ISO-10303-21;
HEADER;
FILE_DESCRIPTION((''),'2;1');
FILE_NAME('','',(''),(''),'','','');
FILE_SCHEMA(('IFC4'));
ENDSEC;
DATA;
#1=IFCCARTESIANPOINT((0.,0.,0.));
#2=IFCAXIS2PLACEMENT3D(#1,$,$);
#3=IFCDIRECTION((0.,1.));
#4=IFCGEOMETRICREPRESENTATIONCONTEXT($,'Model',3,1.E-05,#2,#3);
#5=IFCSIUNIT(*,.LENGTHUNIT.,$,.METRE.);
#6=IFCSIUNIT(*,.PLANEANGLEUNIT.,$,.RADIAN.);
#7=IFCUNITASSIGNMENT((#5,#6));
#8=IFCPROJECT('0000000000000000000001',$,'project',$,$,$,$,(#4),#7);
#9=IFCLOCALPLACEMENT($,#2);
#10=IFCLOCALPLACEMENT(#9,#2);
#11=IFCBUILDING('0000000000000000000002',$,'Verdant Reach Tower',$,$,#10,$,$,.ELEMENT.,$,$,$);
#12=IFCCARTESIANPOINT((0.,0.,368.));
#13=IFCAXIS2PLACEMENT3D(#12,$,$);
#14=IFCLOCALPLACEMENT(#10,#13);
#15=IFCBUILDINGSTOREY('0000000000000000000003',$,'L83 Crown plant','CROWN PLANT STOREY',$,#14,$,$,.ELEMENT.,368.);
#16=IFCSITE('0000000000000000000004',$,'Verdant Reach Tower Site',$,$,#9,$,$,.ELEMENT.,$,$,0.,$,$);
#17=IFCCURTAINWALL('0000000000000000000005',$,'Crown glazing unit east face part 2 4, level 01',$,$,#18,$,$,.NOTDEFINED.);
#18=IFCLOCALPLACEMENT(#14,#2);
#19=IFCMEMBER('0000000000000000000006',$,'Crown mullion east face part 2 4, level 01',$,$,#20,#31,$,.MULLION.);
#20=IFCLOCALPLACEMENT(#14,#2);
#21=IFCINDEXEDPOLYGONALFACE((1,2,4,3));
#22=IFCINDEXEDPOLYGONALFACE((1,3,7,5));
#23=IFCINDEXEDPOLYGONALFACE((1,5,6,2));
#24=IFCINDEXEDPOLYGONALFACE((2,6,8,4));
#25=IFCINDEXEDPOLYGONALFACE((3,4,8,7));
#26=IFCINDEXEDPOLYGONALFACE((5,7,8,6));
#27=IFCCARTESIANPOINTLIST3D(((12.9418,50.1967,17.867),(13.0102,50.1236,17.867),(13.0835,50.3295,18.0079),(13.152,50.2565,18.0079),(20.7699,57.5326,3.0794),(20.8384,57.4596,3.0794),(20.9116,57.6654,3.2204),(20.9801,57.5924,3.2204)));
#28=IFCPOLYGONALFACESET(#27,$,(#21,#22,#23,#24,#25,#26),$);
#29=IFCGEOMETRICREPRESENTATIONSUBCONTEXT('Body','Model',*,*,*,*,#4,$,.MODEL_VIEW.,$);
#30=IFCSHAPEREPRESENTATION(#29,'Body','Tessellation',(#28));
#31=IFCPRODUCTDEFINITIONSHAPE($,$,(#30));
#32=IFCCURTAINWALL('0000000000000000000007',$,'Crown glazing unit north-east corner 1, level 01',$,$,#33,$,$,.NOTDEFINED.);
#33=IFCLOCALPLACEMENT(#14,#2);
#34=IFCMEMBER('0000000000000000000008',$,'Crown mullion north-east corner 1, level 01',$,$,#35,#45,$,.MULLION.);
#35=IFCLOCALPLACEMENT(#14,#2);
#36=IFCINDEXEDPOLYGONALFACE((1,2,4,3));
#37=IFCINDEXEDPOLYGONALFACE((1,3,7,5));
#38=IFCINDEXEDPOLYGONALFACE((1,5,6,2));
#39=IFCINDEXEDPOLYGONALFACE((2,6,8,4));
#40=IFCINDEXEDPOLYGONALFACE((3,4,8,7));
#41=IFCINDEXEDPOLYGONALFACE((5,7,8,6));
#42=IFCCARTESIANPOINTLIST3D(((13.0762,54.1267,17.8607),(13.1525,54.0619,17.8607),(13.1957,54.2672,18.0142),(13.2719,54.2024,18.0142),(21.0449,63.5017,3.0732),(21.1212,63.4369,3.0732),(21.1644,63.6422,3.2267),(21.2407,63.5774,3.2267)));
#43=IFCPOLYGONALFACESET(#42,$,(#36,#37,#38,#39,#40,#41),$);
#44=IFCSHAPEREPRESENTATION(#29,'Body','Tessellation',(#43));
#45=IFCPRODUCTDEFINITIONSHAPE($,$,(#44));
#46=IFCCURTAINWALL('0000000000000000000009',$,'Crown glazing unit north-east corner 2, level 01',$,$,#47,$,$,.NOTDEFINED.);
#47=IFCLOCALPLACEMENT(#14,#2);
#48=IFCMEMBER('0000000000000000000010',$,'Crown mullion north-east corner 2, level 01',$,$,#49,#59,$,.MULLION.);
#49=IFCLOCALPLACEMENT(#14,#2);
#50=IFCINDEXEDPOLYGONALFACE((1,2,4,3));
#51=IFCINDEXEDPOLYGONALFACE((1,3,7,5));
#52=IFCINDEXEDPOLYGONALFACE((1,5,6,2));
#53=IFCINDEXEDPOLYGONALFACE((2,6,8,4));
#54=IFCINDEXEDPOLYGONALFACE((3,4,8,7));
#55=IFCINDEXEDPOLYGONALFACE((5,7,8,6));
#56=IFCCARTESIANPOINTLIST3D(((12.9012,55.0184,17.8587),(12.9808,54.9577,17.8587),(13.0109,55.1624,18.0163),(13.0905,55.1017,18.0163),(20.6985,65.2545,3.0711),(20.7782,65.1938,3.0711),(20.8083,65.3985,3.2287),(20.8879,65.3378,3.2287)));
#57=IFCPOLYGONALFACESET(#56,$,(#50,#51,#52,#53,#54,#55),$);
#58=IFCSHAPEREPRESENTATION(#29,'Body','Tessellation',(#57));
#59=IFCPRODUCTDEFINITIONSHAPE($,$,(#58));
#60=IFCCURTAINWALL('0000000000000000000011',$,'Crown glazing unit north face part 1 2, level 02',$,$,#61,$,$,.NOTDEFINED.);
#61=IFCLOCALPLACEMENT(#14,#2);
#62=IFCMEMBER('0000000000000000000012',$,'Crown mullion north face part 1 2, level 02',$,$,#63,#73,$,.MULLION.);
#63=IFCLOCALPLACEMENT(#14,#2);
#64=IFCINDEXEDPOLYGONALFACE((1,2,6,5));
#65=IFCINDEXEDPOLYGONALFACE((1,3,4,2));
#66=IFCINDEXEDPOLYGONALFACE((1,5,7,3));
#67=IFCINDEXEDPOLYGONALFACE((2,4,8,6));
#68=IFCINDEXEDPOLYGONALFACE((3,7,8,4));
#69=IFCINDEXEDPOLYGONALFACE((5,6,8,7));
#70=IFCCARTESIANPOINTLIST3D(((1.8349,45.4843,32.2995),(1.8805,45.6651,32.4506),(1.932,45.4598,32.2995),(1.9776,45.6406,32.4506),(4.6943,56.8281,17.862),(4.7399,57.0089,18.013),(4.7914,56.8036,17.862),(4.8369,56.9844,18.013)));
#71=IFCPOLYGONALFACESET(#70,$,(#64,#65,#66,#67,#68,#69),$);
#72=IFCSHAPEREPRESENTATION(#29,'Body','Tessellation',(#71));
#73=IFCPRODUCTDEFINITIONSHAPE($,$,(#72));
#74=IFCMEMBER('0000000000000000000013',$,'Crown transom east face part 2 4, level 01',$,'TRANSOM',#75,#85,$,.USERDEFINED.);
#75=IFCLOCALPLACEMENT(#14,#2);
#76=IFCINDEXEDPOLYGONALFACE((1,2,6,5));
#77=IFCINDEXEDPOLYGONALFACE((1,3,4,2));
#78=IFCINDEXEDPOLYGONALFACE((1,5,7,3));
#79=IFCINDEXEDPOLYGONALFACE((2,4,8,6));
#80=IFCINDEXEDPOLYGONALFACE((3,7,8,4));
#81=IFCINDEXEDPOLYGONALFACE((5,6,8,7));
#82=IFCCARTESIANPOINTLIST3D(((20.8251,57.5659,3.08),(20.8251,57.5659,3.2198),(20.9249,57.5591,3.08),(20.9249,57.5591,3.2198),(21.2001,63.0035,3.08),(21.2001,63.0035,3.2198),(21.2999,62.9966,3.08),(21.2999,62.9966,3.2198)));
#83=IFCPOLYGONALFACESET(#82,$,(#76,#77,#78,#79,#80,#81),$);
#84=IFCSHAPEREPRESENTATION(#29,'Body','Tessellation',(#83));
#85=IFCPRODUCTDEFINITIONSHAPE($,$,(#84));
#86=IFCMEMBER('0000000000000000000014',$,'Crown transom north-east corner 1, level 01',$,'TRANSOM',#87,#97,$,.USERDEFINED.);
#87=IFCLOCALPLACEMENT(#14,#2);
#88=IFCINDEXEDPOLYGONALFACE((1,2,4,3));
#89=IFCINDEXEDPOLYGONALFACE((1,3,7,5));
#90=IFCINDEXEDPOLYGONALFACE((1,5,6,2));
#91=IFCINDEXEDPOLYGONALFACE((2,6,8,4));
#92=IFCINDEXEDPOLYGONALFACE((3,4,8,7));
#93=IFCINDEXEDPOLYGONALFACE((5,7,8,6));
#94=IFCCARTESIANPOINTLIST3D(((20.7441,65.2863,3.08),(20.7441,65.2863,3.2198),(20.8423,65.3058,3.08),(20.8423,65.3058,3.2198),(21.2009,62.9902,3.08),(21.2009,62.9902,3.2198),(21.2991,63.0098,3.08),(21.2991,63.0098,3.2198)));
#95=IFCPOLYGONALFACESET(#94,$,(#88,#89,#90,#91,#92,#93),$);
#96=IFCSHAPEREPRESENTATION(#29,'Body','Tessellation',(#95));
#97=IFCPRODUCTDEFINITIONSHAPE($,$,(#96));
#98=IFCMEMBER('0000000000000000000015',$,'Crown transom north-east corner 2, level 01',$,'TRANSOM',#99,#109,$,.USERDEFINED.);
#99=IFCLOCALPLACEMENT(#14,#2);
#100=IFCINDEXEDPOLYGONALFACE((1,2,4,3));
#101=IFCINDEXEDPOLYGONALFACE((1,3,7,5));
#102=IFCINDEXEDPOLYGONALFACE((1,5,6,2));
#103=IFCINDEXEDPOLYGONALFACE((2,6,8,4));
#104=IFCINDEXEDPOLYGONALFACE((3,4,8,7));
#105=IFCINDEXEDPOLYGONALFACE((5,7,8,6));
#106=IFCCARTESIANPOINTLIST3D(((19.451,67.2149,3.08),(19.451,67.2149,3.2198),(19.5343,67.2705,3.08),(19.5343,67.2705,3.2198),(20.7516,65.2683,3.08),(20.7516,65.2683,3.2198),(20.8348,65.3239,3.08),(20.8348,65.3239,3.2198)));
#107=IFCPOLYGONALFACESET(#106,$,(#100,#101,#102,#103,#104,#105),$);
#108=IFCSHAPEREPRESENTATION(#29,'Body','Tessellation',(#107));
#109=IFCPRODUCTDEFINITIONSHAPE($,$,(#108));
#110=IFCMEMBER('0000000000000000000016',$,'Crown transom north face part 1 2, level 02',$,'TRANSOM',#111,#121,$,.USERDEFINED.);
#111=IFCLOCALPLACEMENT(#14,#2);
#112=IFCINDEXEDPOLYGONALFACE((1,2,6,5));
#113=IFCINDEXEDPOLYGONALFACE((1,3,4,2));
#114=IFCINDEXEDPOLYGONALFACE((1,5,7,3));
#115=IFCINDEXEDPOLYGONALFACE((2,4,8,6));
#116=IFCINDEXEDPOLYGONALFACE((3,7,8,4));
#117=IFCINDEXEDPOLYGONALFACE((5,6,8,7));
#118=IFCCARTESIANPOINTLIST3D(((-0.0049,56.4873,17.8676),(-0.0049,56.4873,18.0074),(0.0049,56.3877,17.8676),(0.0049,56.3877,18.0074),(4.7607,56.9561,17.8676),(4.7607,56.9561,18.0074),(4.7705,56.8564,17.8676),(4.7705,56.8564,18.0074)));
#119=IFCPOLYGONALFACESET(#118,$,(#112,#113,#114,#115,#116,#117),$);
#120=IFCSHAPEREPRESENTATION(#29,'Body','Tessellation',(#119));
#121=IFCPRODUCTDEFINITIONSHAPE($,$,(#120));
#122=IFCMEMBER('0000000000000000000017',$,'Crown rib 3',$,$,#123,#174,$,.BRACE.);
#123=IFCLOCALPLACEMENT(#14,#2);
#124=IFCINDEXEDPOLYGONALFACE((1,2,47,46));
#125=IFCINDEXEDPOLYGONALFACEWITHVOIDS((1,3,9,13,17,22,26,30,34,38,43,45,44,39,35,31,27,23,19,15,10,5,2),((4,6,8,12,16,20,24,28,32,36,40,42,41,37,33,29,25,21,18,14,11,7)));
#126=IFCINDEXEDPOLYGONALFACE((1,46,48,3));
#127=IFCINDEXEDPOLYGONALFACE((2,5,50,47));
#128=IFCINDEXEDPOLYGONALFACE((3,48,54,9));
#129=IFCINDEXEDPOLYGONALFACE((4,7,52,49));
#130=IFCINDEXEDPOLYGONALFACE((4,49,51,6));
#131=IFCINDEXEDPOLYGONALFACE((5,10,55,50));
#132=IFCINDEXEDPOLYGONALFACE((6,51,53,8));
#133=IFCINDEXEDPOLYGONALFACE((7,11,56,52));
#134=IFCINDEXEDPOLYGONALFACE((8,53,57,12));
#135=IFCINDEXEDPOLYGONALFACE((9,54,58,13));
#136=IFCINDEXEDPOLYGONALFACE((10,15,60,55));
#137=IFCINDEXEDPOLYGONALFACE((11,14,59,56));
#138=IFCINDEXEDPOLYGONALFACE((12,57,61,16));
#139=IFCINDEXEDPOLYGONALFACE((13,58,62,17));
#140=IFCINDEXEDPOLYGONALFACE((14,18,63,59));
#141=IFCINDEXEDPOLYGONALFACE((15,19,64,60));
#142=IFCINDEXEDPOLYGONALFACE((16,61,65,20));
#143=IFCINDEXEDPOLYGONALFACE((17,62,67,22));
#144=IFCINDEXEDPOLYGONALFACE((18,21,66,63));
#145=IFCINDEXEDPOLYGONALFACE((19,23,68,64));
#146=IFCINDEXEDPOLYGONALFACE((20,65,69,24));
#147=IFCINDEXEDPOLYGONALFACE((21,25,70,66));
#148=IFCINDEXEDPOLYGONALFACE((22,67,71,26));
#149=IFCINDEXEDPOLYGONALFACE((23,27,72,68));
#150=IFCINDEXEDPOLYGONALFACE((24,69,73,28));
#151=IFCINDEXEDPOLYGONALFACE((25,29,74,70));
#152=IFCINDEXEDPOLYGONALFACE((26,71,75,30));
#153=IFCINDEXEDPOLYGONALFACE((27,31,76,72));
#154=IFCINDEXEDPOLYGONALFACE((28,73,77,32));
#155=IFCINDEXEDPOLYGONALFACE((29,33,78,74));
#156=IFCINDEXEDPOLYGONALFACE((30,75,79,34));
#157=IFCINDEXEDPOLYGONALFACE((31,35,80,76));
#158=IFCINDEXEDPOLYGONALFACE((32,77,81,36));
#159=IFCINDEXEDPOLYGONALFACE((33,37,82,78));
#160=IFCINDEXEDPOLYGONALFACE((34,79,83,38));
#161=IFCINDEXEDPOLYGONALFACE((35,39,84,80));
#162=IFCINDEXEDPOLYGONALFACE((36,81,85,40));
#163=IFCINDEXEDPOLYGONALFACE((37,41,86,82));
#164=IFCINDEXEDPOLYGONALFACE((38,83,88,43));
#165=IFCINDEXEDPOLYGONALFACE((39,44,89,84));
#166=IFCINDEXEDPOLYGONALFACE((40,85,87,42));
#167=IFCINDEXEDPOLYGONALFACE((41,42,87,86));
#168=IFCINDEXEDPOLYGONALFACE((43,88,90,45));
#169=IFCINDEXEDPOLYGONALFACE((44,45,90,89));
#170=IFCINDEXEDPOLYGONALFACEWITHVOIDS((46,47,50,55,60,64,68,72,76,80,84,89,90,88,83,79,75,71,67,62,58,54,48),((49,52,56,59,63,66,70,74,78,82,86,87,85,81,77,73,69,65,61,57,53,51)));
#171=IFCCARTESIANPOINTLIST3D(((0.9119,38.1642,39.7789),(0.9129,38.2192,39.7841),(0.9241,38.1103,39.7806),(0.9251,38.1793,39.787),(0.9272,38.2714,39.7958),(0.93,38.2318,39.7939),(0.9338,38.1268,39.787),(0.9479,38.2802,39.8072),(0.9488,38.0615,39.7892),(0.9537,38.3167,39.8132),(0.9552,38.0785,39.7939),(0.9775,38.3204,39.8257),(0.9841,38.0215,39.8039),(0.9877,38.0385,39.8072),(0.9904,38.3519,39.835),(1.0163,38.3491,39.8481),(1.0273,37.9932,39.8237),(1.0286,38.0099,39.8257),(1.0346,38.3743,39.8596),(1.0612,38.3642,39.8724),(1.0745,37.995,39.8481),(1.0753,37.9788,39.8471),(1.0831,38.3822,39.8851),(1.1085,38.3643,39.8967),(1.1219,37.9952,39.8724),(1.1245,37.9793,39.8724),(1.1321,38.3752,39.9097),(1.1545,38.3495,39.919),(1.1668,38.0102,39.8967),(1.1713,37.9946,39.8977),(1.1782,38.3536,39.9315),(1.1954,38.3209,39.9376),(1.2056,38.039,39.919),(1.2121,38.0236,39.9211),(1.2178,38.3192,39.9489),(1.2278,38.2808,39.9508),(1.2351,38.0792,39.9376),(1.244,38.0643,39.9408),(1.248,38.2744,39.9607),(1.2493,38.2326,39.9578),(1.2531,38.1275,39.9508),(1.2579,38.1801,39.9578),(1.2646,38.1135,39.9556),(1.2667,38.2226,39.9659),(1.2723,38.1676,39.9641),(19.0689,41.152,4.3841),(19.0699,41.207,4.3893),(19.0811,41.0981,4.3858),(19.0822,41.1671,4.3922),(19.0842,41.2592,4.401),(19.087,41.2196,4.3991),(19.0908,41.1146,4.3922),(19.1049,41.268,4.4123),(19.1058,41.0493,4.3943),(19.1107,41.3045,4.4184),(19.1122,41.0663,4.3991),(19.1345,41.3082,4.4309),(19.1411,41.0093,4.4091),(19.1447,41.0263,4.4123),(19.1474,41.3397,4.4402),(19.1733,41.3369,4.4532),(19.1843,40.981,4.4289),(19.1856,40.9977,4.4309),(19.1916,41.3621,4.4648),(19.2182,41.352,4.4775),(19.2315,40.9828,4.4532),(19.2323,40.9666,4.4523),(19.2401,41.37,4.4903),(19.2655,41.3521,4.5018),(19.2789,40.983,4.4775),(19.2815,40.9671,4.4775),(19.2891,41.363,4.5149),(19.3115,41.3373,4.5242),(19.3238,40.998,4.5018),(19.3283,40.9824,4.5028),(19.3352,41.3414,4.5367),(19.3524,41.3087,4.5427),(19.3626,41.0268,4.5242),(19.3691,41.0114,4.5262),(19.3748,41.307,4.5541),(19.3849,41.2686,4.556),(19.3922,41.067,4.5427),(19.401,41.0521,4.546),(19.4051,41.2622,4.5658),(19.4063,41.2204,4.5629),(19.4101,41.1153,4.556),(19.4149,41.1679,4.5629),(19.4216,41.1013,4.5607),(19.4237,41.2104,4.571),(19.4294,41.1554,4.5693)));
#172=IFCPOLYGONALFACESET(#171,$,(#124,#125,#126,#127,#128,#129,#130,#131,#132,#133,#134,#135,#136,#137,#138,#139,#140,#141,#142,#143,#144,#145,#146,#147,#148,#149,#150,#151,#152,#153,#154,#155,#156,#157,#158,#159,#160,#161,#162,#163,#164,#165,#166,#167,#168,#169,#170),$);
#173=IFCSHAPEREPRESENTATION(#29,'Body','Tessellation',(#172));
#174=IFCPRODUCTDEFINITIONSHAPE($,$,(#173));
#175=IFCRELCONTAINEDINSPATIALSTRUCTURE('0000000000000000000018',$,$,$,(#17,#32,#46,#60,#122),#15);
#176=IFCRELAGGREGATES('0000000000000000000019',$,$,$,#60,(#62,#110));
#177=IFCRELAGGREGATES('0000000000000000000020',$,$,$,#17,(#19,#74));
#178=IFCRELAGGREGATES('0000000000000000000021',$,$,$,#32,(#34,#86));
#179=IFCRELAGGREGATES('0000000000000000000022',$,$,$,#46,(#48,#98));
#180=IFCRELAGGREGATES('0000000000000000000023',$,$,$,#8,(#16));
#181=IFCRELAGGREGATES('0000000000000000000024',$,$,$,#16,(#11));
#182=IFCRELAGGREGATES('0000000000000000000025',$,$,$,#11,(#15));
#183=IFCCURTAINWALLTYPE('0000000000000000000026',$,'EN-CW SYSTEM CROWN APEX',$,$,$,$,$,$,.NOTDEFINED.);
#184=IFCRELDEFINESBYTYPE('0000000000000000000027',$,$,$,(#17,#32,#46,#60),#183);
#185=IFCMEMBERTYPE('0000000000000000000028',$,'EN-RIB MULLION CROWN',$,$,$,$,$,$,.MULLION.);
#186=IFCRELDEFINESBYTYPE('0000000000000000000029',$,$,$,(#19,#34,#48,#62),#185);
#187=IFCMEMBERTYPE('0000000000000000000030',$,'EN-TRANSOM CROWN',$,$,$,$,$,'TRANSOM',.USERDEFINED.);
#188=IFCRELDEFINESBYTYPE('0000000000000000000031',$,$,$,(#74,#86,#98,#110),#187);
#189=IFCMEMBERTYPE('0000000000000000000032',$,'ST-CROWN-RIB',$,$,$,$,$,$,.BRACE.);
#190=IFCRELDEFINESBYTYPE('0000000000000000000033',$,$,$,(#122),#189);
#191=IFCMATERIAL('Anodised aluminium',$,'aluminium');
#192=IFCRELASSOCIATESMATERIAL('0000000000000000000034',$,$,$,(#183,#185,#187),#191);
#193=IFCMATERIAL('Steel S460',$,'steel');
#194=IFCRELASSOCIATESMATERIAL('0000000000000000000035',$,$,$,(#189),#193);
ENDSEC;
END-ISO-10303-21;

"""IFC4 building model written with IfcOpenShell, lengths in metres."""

from ifc_helpers import new_model, si_unit, direction, frame, origin, origin_2d, place, context, subcontext, project, spatial, rectangle, hollow_circle, extrude, material, material_profile, profile_set, type_object, element, aggregate, save


model = new_model("IFC4")

# Units and contexts
model_context = context("Model", 3, precision=1e-05, world=origin(), true_north=direction((0.0, 1.0)))
body_context = subcontext(model_context, "Body", "Model", "MODEL_VIEW")
ifc_project = project(units=[si_unit("LENGTHUNIT", "METRE"), si_unit("PLANEANGLEUNIT", "RADIAN")], contexts=[model_context])

# Site, building, storey
site_placement = place(None, origin())
site = spatial("IfcSite", under=ifc_project, at=site_placement, Name="Verdant Reach Tower Site", CompositionType="ELEMENT", RefElevation=0.0)
building_placement = place(site_placement, origin())
building = spatial("IfcBuilding", under=site, at=building_placement, Name="Verdant Reach Tower", CompositionType="ELEMENT")
storey_placement = place(building_placement, frame((0.0, 0.0, 368.0)))
storey = spatial("IfcBuildingStorey", under=building, at=storey_placement, Name="L83 Crown plant", Description="CROWN PLANT STOREY", CompositionType="ELEMENT", Elevation=368.0)

# Curtain walls, members
ifc_material_1 = material(Name="Anodised aluminium", Category="aluminium")
curtain_wall_type = type_object("IfcCurtainWallType", Name="EN-CW SYSTEM CROWN APEX", PredefinedType="NOTDEFINED", material=ifc_material_1)
curtain_wall_1_placement = place(storey_placement, origin())
curtain_wall_1 = element("IfcCurtainWall", 1, at=curtain_wall_1_placement, inside=storey, type_object=curtain_wall_type, Name="Crown glazing unit east face part 2 4, level 01", PredefinedType="NOTDEFINED")
ifc_material_profile_1 = material_profile(ifc_material_1, rectangle(XDim=0.1001, YDim=0.24, at=origin_2d()), Name="Mullion 100x240")
ifc_profile_set_1 = profile_set([ifc_material_profile_1], Name="Anodised aluminium")
member_type_1 = type_object("IfcMemberType", Name="EN-RIB MULLION CROWN", PredefinedType="MULLION", material=ifc_profile_set_1)
member_1_placement = place(storey_placement, frame((20.875, 57.5625, 3.1499), z_axis=(-0.428484, -0.401544, 0.809422), x_axis=(0.683796, -0.729673, 0.0)))
member_1 = element("IfcMember", 2, at=member_1_placement, type_object=member_type_1, Name="Crown mullion east face part 2 4, level 01", PredefinedType="MULLION", context=body_context, shape_type="SweptSolid", body=[
    extrude(rectangle(XDim=0.1001, YDim=0.24, at=origin_2d()), origin(), (0.0, 0.0, 1.0), 18.2693),
])
curtain_wall_2_placement = place(storey_placement, origin())
curtain_wall_2 = element("IfcCurtainWall", 3, at=curtain_wall_2_placement, inside=storey, type_object=curtain_wall_type, Name="Crown glazing unit north-east corner 1, level 01", PredefinedType="NOTDEFINED")
member_2_placement = place(storey_placement, frame((21.1428, 63.5396, 3.1499), z_axis=(-0.414239, -0.48734, 0.768703), x_axis=(0.761939, -0.647648, 0.0)))
member_2 = element("IfcMember", 4, at=member_2_placement, type_object=member_type_1, Name="Crown mullion north-east corner 1, level 01", PredefinedType="MULLION", context=body_context, shape_type="SweptSolid", body=[
    extrude(rectangle(XDim=0.1001, YDim=0.24, at=origin_2d()), origin(), (0.0, 0.0, 1.0), 19.2371),
])
curtain_wall_3_placement = place(storey_placement, origin())
curtain_wall_3 = element("IfcCurtainWall", 5, at=curtain_wall_3_placement, inside=storey, type_object=curtain_wall_type, Name="Crown glazing unit north-east corner 2, level 01", PredefinedType="NOTDEFINED")
member_3_placement = place(storey_placement, frame((20.7932, 65.2961, 3.1499), z_axis=(-0.397778, -0.522188, 0.754382), x_axis=(0.79549, -0.605967, 0.0)))
member_3 = element("IfcMember", 6, at=member_3_placement, type_object=member_type_1, Name="Crown mullion north-east corner 2, level 01", PredefinedType="MULLION", context=body_context, shape_type="SweptSolid", body=[
    extrude(rectangle(XDim=0.1001, YDim=0.24, at=origin_2d()), origin(), (0.0, 0.0, 1.0), 19.6023),
])
curtain_wall_4_placement = place(storey_placement, origin())
curtain_wall_4 = element("IfcCurtainWall", 7, at=curtain_wall_4_placement, inside=storey, type_object=curtain_wall_type, Name="Crown glazing unit north face part 1 2, level 02", PredefinedType="NOTDEFINED")
member_4_placement = place(storey_placement, frame((4.7656, 56.9062, 17.9375), z_axis=(-0.153877, -0.610463, 0.776953), x_axis=(0.969669, -0.244421, 0.0)))
member_4 = element("IfcMember", 8, at=member_4_placement, type_object=member_type_1, Name="Crown mullion north face part 1 2, level 02", PredefinedType="MULLION", context=body_context, shape_type="SweptSolid", body=[
    extrude(rectangle(XDim=0.1001, YDim=0.24, at=origin_2d()), origin(), (0.0, 0.0, 1.0), 18.5823),
])

# Members
ifc_material_profile_2 = material_profile(ifc_material_1, rectangle(XDim=0.1001, YDim=0.1399, at=origin_2d()), Name="Transom 140x100")
ifc_profile_set_2 = profile_set([ifc_material_profile_2], Name="Anodised aluminium")
member_type_2 = type_object("IfcMemberType", Name="EN-TRANSOM CROWN", ElementType="TRANSOM", PredefinedType="USERDEFINED", material=ifc_profile_set_2)
member_5_placement = place(storey_placement, frame((20.875, 57.5625, 3.1499), z_axis=(0.068802, 0.99763, 0.0), x_axis=(-0.99763, 0.068802, 0.0)))
member_5 = element("IfcMember", 9, at=member_5_placement, type_object=member_type_2, Name="Crown transom east face part 2 4, level 01", ObjectType="TRANSOM", PredefinedType="USERDEFINED", context=body_context, shape_type="SweptSolid", body=[
    extrude(rectangle(XDim=0.1001, YDim=0.1399, at=origin_2d()), origin(), (0.0, 0.0, 1.0), 5.4504),
])
member_6_placement = place(storey_placement, frame((21.25, 63.0, 3.1499), z_axis=(-0.195113, 0.980781, 0.0), x_axis=(-0.980781, -0.195113, 0.0)))
member_6 = element("IfcMember", 10, at=member_6_placement, type_object=member_type_2, Name="Crown transom north-east corner 1, level 01", ObjectType="TRANSOM", PredefinedType="USERDEFINED", context=body_context, shape_type="SweptSolid", body=[
    extrude(rectangle(XDim=0.1001, YDim=0.1399, at=origin_2d()), origin(), (0.0, 0.0, 1.0), 2.3411),
])
member_7_placement = place(storey_placement, frame((20.7932, 65.2961, 3.1499), z_axis=(-0.555542, 0.831488, 0.0), x_axis=(-0.831488, -0.555542, 0.0)))
member_7 = element("IfcMember", 11, at=member_7_placement, type_object=member_type_2, Name="Crown transom north-east corner 2, level 01", ObjectType="TRANSOM", PredefinedType="USERDEFINED", context=body_context, shape_type="SweptSolid", body=[
    extrude(rectangle(XDim=0.1001, YDim=0.1399, at=origin_2d()), origin(), (0.0, 0.0, 1.0), 2.3411),
])
member_8_placement = place(storey_placement, frame((4.7656, 56.9062, 17.9375), z_axis=(-0.995197, -0.097888, 0.0), x_axis=(0.097888, -0.995197, 0.0)))
member_8 = element("IfcMember", 12, at=member_8_placement, type_object=member_type_2, Name="Crown transom north face part 1 2, level 02", ObjectType="TRANSOM", PredefinedType="USERDEFINED", context=body_context, shape_type="SweptSolid", body=[
    extrude(rectangle(XDim=0.1001, YDim=0.1399, at=origin_2d()), origin(), (0.0, 0.0, 1.0), 4.7886),
])
aggregate(curtain_wall_4, [member_4, member_8])

# Member
ifc_material_2 = material(Name="Steel S460", Category="steel")
ifc_material_profile_3 = material_profile(ifc_material_2, hollow_circle(Radius=0.2031, WallThickness=0.0161, at=origin_2d()), Name="CHS 406.4x16")
ifc_profile_set_3 = profile_set([ifc_material_profile_3], Name="Steel S460")
member_type_3 = type_object("IfcMemberType", Name="ST-CROWN-RIB", PredefinedType="BRACE", material=ifc_profile_set_3)
member_9_placement = place(storey_placement, frame((19.2485, 41.1675, 4.4775), z_axis=(-0.45515, -0.074897, 0.887259), x_axis=(0.16237, -0.98673, 0.0)))
element("IfcMember", 13, at=member_9_placement, inside=storey, type_object=member_type_3, Name="Crown rib 3", PredefinedType="BRACE", context=body_context, shape_type="SweptSolid", body=[
    extrude(hollow_circle(Radius=0.2031, WallThickness=0.0161, at=origin_2d()), origin(), (0.0, 0.0, 1.0), 39.8923),
])

aggregate(curtain_wall_1, [member_1, member_5])
aggregate(curtain_wall_2, [member_2, member_6])
aggregate(curtain_wall_3, [member_3, member_7])

save(model, "model.ifc")
